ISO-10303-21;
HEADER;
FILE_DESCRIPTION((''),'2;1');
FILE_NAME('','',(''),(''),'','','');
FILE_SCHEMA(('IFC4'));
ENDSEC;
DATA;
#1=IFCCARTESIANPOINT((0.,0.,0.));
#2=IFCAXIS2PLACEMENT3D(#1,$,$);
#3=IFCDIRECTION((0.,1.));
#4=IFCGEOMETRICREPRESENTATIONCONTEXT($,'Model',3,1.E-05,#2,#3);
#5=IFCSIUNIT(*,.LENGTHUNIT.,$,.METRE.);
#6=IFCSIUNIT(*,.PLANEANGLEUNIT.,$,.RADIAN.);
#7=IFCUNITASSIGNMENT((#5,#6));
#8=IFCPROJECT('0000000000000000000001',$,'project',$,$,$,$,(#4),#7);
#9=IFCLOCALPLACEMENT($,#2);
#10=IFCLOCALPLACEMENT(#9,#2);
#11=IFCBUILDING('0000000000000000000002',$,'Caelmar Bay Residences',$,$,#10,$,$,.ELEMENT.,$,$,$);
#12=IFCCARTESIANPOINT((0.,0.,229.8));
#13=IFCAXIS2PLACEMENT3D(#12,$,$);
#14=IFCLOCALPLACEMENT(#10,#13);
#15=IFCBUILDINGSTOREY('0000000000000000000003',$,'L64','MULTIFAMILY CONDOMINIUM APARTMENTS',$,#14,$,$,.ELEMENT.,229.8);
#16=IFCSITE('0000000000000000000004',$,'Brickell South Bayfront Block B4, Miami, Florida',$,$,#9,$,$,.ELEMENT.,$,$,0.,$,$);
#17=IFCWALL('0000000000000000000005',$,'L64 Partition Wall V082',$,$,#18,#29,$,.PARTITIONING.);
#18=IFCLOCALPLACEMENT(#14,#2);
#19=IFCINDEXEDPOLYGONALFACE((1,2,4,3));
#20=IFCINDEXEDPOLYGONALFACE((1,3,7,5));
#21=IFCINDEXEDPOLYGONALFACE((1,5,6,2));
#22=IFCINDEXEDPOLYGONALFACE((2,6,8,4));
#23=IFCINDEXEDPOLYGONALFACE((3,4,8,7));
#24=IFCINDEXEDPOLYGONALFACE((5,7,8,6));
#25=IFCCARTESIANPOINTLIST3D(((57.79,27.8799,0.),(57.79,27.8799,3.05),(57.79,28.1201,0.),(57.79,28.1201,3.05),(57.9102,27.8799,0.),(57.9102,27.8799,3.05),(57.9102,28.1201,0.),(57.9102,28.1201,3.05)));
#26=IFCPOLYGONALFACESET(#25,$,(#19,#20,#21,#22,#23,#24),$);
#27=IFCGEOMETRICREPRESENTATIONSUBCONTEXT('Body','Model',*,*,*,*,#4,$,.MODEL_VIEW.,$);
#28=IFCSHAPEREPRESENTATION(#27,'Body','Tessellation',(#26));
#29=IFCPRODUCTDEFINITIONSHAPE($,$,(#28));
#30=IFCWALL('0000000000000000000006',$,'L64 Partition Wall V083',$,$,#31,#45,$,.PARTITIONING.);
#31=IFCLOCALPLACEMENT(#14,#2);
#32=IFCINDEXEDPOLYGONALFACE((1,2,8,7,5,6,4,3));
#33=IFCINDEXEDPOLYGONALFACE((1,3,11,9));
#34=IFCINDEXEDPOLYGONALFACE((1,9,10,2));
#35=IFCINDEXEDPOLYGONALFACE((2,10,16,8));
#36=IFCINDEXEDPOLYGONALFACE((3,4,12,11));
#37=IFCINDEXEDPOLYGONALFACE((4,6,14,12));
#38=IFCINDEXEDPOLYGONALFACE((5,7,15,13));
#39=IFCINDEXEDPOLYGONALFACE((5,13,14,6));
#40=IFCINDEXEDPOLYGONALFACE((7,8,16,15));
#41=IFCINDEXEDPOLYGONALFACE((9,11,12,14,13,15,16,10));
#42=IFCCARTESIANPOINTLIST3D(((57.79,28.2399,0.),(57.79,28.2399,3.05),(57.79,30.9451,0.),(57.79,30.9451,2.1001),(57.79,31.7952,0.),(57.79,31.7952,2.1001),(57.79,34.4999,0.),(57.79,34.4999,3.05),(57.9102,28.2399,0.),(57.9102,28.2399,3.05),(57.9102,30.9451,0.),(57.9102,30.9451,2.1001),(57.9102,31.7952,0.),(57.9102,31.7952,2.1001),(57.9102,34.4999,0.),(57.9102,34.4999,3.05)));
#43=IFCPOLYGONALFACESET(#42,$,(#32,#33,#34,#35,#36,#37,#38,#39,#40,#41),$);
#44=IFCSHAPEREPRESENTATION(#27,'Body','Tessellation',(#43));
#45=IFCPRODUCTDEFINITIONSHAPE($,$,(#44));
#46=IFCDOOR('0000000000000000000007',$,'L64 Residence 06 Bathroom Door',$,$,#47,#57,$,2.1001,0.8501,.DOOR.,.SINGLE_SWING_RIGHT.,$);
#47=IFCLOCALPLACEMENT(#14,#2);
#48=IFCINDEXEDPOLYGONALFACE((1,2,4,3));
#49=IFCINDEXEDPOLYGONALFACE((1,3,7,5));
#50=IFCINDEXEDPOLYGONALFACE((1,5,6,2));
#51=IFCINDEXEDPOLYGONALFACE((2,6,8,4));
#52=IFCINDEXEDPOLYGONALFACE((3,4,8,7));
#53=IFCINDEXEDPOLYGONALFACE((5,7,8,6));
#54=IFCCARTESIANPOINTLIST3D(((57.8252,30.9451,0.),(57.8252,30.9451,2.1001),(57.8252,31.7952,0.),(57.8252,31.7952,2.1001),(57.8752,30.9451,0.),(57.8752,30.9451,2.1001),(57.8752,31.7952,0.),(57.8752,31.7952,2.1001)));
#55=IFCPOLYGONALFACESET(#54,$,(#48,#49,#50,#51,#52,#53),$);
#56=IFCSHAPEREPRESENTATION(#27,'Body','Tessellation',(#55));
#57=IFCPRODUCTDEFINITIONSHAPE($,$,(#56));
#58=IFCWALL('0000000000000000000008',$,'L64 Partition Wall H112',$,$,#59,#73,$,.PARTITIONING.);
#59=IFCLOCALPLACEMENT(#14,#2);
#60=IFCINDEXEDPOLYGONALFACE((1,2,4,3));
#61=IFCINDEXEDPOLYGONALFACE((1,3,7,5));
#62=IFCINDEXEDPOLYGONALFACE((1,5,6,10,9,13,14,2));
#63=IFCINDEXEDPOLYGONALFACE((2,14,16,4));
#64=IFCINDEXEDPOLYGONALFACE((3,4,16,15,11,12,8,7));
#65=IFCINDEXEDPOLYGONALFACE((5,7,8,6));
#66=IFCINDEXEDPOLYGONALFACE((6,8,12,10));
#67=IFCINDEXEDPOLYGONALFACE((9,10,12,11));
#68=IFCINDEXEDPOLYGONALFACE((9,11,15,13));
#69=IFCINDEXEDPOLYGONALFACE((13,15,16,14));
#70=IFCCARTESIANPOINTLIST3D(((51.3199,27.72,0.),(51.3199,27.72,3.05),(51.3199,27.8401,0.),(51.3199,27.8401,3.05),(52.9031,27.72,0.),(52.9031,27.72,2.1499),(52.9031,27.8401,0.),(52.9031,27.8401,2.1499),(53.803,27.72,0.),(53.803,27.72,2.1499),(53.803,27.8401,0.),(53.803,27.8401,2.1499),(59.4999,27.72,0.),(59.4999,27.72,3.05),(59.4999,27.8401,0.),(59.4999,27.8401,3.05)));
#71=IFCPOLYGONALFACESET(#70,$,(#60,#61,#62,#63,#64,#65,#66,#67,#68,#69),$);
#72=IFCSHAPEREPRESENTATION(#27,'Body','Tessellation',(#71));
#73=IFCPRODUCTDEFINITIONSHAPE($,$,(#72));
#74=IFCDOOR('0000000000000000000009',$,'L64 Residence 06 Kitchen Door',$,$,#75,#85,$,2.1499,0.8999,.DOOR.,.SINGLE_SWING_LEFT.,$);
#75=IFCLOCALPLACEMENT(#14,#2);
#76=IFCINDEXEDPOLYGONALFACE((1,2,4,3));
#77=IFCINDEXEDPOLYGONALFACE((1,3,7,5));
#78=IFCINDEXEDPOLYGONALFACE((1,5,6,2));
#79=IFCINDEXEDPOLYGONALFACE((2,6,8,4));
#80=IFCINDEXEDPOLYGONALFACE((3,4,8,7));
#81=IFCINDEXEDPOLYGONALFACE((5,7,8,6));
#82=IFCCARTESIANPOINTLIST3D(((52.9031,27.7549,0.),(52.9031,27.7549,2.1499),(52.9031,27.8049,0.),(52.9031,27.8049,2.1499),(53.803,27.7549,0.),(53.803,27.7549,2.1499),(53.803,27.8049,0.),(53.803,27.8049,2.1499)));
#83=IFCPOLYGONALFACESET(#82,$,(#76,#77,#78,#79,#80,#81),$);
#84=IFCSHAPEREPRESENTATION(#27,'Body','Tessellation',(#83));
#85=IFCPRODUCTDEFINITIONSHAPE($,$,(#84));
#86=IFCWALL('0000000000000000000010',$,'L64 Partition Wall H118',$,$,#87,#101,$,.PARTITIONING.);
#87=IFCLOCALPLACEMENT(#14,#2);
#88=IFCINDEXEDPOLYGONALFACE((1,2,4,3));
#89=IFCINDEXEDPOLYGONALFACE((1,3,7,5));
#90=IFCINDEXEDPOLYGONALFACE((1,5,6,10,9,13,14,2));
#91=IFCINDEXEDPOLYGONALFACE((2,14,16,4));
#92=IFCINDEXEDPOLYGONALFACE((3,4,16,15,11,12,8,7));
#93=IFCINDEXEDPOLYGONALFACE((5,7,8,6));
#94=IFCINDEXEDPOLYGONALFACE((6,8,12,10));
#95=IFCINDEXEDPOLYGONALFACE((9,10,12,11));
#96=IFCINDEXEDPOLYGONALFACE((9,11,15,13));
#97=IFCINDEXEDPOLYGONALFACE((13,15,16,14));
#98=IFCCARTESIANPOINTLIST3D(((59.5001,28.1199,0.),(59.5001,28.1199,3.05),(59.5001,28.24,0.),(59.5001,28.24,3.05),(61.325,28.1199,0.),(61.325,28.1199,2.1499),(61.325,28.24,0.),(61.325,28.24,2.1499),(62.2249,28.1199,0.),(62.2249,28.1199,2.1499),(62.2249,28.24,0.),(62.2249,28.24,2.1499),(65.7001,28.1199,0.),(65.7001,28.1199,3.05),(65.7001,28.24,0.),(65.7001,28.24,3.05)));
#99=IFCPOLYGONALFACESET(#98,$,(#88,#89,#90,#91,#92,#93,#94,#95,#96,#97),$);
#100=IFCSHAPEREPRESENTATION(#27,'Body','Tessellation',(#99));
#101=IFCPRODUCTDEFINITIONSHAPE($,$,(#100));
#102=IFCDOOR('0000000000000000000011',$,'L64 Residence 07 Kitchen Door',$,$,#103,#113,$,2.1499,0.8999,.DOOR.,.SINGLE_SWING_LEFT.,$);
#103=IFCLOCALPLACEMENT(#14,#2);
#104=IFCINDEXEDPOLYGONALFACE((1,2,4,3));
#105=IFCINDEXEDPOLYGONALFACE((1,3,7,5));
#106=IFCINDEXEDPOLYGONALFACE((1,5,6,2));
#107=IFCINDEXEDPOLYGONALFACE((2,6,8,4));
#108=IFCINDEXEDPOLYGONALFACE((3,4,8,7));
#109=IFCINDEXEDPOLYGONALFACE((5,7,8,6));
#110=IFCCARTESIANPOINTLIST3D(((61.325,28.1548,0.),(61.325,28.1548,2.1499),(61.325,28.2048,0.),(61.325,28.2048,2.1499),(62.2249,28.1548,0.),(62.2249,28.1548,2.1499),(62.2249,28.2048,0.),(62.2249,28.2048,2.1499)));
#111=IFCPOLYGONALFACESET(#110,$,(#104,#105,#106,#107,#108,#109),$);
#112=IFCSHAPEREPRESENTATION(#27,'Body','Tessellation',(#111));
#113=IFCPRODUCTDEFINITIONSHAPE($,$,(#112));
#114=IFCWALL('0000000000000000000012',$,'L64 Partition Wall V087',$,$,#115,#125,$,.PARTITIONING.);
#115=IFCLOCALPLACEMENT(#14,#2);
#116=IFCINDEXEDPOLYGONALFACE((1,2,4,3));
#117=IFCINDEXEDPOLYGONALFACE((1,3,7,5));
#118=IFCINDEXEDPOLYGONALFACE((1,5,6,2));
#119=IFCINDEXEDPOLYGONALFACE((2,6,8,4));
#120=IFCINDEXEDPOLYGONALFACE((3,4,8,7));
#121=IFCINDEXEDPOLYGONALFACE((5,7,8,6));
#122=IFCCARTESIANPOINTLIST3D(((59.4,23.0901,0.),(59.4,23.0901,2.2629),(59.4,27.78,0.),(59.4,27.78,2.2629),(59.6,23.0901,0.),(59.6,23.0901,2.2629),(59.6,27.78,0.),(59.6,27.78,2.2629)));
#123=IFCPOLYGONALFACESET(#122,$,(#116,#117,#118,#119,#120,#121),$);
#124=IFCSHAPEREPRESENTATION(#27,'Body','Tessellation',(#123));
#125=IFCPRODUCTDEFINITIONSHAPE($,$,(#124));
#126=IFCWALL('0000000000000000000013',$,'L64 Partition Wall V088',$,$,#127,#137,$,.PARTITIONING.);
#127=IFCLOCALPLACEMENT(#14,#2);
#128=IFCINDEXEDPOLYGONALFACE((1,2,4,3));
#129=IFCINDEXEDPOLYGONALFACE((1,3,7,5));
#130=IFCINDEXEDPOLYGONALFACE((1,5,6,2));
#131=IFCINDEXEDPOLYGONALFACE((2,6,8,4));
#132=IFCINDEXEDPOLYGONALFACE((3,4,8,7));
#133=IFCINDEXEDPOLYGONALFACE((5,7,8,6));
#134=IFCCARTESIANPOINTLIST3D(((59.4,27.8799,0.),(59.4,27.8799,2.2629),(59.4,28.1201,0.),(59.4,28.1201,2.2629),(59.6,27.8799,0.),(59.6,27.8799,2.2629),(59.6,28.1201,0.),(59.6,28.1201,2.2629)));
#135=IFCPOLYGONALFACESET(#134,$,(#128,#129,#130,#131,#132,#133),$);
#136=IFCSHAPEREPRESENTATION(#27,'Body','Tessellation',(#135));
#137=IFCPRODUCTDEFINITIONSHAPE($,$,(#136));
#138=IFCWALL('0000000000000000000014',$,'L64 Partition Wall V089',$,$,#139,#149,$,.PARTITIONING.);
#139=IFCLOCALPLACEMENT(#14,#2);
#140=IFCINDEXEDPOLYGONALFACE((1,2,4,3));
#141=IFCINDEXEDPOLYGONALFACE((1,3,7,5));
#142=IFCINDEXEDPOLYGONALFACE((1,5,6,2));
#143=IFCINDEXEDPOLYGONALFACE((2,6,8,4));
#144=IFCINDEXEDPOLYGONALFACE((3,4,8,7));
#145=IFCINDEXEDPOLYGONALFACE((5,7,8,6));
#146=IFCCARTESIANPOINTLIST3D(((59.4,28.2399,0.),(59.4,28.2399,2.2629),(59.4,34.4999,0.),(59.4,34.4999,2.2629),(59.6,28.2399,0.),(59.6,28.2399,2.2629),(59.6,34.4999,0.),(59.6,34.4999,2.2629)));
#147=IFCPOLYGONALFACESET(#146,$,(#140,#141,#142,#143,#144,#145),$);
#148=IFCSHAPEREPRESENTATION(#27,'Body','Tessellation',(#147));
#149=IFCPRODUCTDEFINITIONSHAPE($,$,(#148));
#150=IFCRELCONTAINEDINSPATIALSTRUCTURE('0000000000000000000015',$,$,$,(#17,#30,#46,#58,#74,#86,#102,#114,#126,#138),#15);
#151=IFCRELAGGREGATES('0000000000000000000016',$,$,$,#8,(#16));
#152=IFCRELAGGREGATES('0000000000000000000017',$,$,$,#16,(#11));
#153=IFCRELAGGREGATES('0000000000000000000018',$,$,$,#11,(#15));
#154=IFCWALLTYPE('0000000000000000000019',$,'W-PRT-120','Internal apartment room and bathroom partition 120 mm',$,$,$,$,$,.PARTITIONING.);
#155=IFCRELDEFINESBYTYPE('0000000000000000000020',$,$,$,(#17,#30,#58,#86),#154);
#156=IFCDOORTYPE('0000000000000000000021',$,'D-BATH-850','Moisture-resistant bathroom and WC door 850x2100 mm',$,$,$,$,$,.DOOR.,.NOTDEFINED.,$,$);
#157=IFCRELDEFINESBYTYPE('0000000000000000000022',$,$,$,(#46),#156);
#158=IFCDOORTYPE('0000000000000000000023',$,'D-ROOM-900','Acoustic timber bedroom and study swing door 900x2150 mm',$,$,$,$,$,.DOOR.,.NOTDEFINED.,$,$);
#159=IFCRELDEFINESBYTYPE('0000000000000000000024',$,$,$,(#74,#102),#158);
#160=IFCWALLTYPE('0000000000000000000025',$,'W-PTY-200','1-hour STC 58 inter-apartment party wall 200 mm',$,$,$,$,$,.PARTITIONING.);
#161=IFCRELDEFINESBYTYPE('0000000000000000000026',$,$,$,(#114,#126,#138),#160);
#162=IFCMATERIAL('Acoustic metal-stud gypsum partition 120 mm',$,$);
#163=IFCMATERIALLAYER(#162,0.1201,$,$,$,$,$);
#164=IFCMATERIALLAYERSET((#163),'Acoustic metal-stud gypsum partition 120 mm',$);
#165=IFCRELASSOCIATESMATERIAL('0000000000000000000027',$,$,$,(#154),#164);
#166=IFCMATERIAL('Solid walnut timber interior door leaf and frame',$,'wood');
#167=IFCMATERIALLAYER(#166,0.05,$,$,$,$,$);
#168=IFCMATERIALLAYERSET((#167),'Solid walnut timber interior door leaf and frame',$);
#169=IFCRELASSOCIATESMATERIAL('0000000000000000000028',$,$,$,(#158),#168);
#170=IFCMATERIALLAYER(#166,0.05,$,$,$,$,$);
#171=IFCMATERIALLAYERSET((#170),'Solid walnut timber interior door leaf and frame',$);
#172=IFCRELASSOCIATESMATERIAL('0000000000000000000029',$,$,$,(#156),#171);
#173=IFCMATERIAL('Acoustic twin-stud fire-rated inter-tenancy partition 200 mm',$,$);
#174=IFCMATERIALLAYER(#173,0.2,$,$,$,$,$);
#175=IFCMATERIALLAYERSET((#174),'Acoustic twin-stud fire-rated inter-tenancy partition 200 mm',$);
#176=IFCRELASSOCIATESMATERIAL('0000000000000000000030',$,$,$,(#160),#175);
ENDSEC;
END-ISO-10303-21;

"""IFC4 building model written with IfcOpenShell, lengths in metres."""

from ifc_helpers import new_model, si_unit, direction, frame, frame_2d, origin, place, context, subcontext, project, spatial, rectangle, extrude, material, layer, layer_set, type_object, element, fill, save


model = new_model("IFC4")

# Units and contexts
model_context = context("Model", 3, precision=1e-05, world=origin(), true_north=direction((0.0, 1.0)))
body_context = subcontext(model_context, "Body", "Model", "MODEL_VIEW")
ifc_project = project(units=[si_unit("LENGTHUNIT", "METRE"), si_unit("PLANEANGLEUNIT", "RADIAN")], contexts=[model_context])

# Site, building, storey
site_placement = place(None, origin())
site = spatial("IfcSite", under=ifc_project, at=site_placement, Name="Brickell South Bayfront Block B4, Miami, Florida", CompositionType="ELEMENT", RefElevation=0.0)
building_placement = place(site_placement, origin())
building = spatial("IfcBuilding", under=site, at=building_placement, Name="Caelmar Bay Residences", CompositionType="ELEMENT")
storey_placement = place(building_placement, frame((0.0, 0.0, 229.8)))
storey = spatial("IfcBuildingStorey", under=building, at=storey_placement, Name="L64", Description="MULTIFAMILY CONDOMINIUM APARTMENTS", CompositionType="ELEMENT", Elevation=229.8)

# Shared definitions
ifc_material_1 = material(Name="Acoustic metal-stud gypsum partition 120 mm")
ifc_layer_1 = layer(ifc_material_1, 0.1201)
ifc_layer_set_1 = layer_set([ifc_layer_1], Name="Acoustic metal-stud gypsum partition 120 mm")
wall_type_1 = type_object("IfcWallType", Name="W-PRT-120", Description="Internal apartment room and bathroom partition 120 mm", PredefinedType="PARTITIONING", material=ifc_layer_set_1)
ifc_material_2 = material(Name="Solid walnut timber interior door leaf and frame", Category="wood")
ifc_layer_2 = layer(ifc_material_2, 0.05)
ifc_layer_set_2 = layer_set([ifc_layer_2], Name="Solid walnut timber interior door leaf and frame")
door_type_1 = type_object("IfcDoorType", Name="D-ROOM-900", Description="Acoustic timber bedroom and study swing door 900x2150 mm", OperationType="NOTDEFINED", PredefinedType="DOOR", material=ifc_layer_set_2)

# Shared definitions
ifc_layer_3 = layer(ifc_material_2, 0.05)
ifc_layer_set_3 = layer_set([ifc_layer_3], Name="Solid walnut timber interior door leaf and frame")
door_type_2 = type_object("IfcDoorType", Name="D-BATH-850", Description="Moisture-resistant bathroom and WC door 850x2100 mm", OperationType="NOTDEFINED", PredefinedType="DOOR", material=ifc_layer_set_3)

# Wall
wall_1_placement = place(storey_placement, frame((57.8501, 27.8799, 0.0), z_axis=(0.0, 0.0, 1.0), x_axis=(0.0, 1.0, 0.0)))
element("IfcWall", 1, at=wall_1_placement, inside=storey, type_object=wall_type_1, Name="L64 Partition Wall V082", PredefinedType="PARTITIONING", context=body_context, shape_type="SweptSolid", body=[
    extrude(rectangle(XDim=0.2402, YDim=0.1201, at=frame_2d((0.1201, 0.0))), origin(), (0.0, 0.0, 1.0), 3.05),
])

# Walls, openings, doors
wall_2_placement = place(storey_placement, frame((57.8501, 28.24, 0.0), z_axis=(0.0, 0.0, 1.0), x_axis=(0.0, 1.0, 0.0)))
wall_2 = element("IfcWall", 2, at=wall_2_placement, inside=storey, type_object=wall_type_1, Name="L64 Partition Wall V083", PredefinedType="PARTITIONING", context=body_context, shape_type="SweptSolid", body=[
    extrude(rectangle(XDim=6.26, YDim=0.1201, at=frame_2d((3.1299, 0.0))), origin(), (0.0, 0.0, 1.0), 3.05),
])
opening_1_placement = place(wall_2_placement, frame((2.7051, 0.0, 0.0)))
opening_1 = element("IfcOpeningElement", 3, at=opening_1_placement, cuts=wall_2, PredefinedType="OPENING", context=body_context, shape_type="SweptSolid", body=[
    extrude(rectangle(XDim=0.8501, YDim=2.1001, at=frame_2d((0.425, 1.05))), frame((0.0, 0.0701, 0.0), z_axis=(0.0, -1.0, 0.0), x_axis=(1.0, 0.0, 0.0)), (0.0, 0.0, 1.0), 0.1401),
])
door_1_placement = place(opening_1_placement, origin())
door_1 = element("IfcDoor", 4, at=door_1_placement, inside=storey, type_object=door_type_2, Name="L64 Residence 06 Bathroom Door", OperationType="SINGLE_SWING_RIGHT", OverallHeight=2.1001, OverallWidth=0.8501, PredefinedType="DOOR", context=body_context, shape_type="SweptSolid", body=[
    extrude(rectangle(XDim=0.8501, YDim=2.1001, at=frame_2d((0.425, 1.05))), frame((0.0, 0.0249, 0.0), z_axis=(0.0, -1.0, 0.0), x_axis=(1.0, 0.0, 0.0)), (0.0, 0.0, 1.0), 0.05),
])
fill(opening_1, door_1)
wall_3_placement = place(storey_placement, frame((51.3201, 27.78, 0.0), z_axis=(0.0, 0.0, 1.0), x_axis=(1.0, 0.0, 0.0)))
wall_3 = element("IfcWall", 5, at=wall_3_placement, inside=storey, type_object=wall_type_1, Name="L64 Partition Wall H112", PredefinedType="PARTITIONING", context=body_context, shape_type="SweptSolid", body=[
    extrude(rectangle(XDim=8.1799, YDim=0.1201, at=frame_2d((4.0898, 0.0))), origin(), (0.0, 0.0, 1.0), 3.05),
])
opening_2_placement = place(wall_3_placement, frame((1.583, 0.0, 0.0)))
opening_2 = element("IfcOpeningElement", 6, at=opening_2_placement, cuts=wall_3, PredefinedType="OPENING", context=body_context, shape_type="SweptSolid", body=[
    extrude(rectangle(XDim=0.8999, YDim=2.1499, at=frame_2d((0.45, 1.075))), frame((0.0, 0.0701, 0.0), z_axis=(0.0, -1.0, 0.0), x_axis=(1.0, 0.0, 0.0)), (0.0, 0.0, 1.0), 0.1401),
])
door_2_placement = place(opening_2_placement, origin())
door_2 = element("IfcDoor", 7, at=door_2_placement, inside=storey, type_object=door_type_1, Name="L64 Residence 06 Kitchen Door", OperationType="SINGLE_SWING_LEFT", OverallHeight=2.1499, OverallWidth=0.8999, PredefinedType="DOOR", context=body_context, shape_type="SweptSolid", body=[
    extrude(rectangle(XDim=0.8999, YDim=2.1499, at=frame_2d((0.45, 1.075))), frame((0.0, 0.0249, 0.0), z_axis=(0.0, -1.0, 0.0), x_axis=(1.0, 0.0, 0.0)), (0.0, 0.0, 1.0), 0.05),
])
fill(opening_2, door_2)
wall_4_placement = place(storey_placement, frame((59.5, 28.1799, 0.0), z_axis=(0.0, 0.0, 1.0), x_axis=(1.0, 0.0, 0.0)))
wall_4 = element("IfcWall", 8, at=wall_4_placement, inside=storey, type_object=wall_type_1, Name="L64 Partition Wall H118", PredefinedType="PARTITIONING", context=body_context, shape_type="SweptSolid", body=[
    extrude(rectangle(XDim=6.2, YDim=0.1201, at=frame_2d((3.1001, 0.0))), origin(), (0.0, 0.0, 1.0), 3.05),
])
opening_3_placement = place(wall_4_placement, frame((1.825, 0.0, 0.0)))
opening_3 = element("IfcOpeningElement", 9, at=opening_3_placement, cuts=wall_4, PredefinedType="OPENING", context=body_context, shape_type="SweptSolid", body=[
    extrude(rectangle(XDim=0.8999, YDim=2.1499, at=frame_2d((0.45, 1.075))), frame((0.0, 0.0701, 0.0), z_axis=(0.0, -1.0, 0.0), x_axis=(1.0, 0.0, 0.0)), (0.0, 0.0, 1.0), 0.1401),
])
door_3_placement = place(opening_3_placement, origin())
door_3 = element("IfcDoor", 10, at=door_3_placement, inside=storey, type_object=door_type_1, Name="L64 Residence 07 Kitchen Door", OperationType="SINGLE_SWING_LEFT", OverallHeight=2.1499, OverallWidth=0.8999, PredefinedType="DOOR", context=body_context, shape_type="SweptSolid", body=[
    extrude(rectangle(XDim=0.8999, YDim=2.1499, at=frame_2d((0.45, 1.075))), frame((0.0, 0.0249, 0.0), z_axis=(0.0, -1.0, 0.0), x_axis=(1.0, 0.0, 0.0)), (0.0, 0.0, 1.0), 0.05),
])
fill(opening_3, door_3)

# Walls
ifc_material_3 = material(Name="Acoustic twin-stud fire-rated inter-tenancy partition 200 mm")
ifc_layer_4 = layer(ifc_material_3, 0.2)
ifc_layer_set_4 = layer_set([ifc_layer_4], Name="Acoustic twin-stud fire-rated inter-tenancy partition 200 mm")
wall_type_2 = type_object("IfcWallType", Name="W-PTY-200", Description="1-hour STC 58 inter-apartment party wall 200 mm", PredefinedType="PARTITIONING", material=ifc_layer_set_4)
wall_5_placement = place(storey_placement, frame((59.5, 23.0901, 0.0), z_axis=(0.0, 0.0, 1.0), x_axis=(0.0, 1.0, 0.0)))
element("IfcWall", 11, at=wall_5_placement, inside=storey, type_object=wall_type_2, Name="L64 Partition Wall V087", PredefinedType="PARTITIONING", context=body_context, shape_type="SweptSolid", body=[
    extrude(rectangle(XDim=4.6899, YDim=0.2, at=frame_2d((2.345, 0.0))), origin(), (0.0, 0.0, 1.0), 2.2629),
])
wall_6_placement = place(storey_placement, frame((59.5, 27.8799, 0.0), z_axis=(0.0, 0.0, 1.0), x_axis=(0.0, 1.0, 0.0)))
element("IfcWall", 12, at=wall_6_placement, inside=storey, type_object=wall_type_2, Name="L64 Partition Wall V088", PredefinedType="PARTITIONING", context=body_context, shape_type="SweptSolid", body=[
    extrude(rectangle(XDim=0.2402, YDim=0.2, at=frame_2d((0.1201, 0.0))), origin(), (0.0, 0.0, 1.0), 2.2629),
])
wall_7_placement = place(storey_placement, frame((59.5, 28.24, 0.0), z_axis=(0.0, 0.0, 1.0), x_axis=(0.0, 1.0, 0.0)))
element("IfcWall", 13, at=wall_7_placement, inside=storey, type_object=wall_type_2, Name="L64 Partition Wall V089", PredefinedType="PARTITIONING", context=body_context, shape_type="SweptSolid", body=[
    extrude(rectangle(XDim=6.26, YDim=0.2, at=frame_2d((3.1299, 0.0))), origin(), (0.0, 0.0, 1.0), 2.2629),
])

save(model, "model.ifc")
